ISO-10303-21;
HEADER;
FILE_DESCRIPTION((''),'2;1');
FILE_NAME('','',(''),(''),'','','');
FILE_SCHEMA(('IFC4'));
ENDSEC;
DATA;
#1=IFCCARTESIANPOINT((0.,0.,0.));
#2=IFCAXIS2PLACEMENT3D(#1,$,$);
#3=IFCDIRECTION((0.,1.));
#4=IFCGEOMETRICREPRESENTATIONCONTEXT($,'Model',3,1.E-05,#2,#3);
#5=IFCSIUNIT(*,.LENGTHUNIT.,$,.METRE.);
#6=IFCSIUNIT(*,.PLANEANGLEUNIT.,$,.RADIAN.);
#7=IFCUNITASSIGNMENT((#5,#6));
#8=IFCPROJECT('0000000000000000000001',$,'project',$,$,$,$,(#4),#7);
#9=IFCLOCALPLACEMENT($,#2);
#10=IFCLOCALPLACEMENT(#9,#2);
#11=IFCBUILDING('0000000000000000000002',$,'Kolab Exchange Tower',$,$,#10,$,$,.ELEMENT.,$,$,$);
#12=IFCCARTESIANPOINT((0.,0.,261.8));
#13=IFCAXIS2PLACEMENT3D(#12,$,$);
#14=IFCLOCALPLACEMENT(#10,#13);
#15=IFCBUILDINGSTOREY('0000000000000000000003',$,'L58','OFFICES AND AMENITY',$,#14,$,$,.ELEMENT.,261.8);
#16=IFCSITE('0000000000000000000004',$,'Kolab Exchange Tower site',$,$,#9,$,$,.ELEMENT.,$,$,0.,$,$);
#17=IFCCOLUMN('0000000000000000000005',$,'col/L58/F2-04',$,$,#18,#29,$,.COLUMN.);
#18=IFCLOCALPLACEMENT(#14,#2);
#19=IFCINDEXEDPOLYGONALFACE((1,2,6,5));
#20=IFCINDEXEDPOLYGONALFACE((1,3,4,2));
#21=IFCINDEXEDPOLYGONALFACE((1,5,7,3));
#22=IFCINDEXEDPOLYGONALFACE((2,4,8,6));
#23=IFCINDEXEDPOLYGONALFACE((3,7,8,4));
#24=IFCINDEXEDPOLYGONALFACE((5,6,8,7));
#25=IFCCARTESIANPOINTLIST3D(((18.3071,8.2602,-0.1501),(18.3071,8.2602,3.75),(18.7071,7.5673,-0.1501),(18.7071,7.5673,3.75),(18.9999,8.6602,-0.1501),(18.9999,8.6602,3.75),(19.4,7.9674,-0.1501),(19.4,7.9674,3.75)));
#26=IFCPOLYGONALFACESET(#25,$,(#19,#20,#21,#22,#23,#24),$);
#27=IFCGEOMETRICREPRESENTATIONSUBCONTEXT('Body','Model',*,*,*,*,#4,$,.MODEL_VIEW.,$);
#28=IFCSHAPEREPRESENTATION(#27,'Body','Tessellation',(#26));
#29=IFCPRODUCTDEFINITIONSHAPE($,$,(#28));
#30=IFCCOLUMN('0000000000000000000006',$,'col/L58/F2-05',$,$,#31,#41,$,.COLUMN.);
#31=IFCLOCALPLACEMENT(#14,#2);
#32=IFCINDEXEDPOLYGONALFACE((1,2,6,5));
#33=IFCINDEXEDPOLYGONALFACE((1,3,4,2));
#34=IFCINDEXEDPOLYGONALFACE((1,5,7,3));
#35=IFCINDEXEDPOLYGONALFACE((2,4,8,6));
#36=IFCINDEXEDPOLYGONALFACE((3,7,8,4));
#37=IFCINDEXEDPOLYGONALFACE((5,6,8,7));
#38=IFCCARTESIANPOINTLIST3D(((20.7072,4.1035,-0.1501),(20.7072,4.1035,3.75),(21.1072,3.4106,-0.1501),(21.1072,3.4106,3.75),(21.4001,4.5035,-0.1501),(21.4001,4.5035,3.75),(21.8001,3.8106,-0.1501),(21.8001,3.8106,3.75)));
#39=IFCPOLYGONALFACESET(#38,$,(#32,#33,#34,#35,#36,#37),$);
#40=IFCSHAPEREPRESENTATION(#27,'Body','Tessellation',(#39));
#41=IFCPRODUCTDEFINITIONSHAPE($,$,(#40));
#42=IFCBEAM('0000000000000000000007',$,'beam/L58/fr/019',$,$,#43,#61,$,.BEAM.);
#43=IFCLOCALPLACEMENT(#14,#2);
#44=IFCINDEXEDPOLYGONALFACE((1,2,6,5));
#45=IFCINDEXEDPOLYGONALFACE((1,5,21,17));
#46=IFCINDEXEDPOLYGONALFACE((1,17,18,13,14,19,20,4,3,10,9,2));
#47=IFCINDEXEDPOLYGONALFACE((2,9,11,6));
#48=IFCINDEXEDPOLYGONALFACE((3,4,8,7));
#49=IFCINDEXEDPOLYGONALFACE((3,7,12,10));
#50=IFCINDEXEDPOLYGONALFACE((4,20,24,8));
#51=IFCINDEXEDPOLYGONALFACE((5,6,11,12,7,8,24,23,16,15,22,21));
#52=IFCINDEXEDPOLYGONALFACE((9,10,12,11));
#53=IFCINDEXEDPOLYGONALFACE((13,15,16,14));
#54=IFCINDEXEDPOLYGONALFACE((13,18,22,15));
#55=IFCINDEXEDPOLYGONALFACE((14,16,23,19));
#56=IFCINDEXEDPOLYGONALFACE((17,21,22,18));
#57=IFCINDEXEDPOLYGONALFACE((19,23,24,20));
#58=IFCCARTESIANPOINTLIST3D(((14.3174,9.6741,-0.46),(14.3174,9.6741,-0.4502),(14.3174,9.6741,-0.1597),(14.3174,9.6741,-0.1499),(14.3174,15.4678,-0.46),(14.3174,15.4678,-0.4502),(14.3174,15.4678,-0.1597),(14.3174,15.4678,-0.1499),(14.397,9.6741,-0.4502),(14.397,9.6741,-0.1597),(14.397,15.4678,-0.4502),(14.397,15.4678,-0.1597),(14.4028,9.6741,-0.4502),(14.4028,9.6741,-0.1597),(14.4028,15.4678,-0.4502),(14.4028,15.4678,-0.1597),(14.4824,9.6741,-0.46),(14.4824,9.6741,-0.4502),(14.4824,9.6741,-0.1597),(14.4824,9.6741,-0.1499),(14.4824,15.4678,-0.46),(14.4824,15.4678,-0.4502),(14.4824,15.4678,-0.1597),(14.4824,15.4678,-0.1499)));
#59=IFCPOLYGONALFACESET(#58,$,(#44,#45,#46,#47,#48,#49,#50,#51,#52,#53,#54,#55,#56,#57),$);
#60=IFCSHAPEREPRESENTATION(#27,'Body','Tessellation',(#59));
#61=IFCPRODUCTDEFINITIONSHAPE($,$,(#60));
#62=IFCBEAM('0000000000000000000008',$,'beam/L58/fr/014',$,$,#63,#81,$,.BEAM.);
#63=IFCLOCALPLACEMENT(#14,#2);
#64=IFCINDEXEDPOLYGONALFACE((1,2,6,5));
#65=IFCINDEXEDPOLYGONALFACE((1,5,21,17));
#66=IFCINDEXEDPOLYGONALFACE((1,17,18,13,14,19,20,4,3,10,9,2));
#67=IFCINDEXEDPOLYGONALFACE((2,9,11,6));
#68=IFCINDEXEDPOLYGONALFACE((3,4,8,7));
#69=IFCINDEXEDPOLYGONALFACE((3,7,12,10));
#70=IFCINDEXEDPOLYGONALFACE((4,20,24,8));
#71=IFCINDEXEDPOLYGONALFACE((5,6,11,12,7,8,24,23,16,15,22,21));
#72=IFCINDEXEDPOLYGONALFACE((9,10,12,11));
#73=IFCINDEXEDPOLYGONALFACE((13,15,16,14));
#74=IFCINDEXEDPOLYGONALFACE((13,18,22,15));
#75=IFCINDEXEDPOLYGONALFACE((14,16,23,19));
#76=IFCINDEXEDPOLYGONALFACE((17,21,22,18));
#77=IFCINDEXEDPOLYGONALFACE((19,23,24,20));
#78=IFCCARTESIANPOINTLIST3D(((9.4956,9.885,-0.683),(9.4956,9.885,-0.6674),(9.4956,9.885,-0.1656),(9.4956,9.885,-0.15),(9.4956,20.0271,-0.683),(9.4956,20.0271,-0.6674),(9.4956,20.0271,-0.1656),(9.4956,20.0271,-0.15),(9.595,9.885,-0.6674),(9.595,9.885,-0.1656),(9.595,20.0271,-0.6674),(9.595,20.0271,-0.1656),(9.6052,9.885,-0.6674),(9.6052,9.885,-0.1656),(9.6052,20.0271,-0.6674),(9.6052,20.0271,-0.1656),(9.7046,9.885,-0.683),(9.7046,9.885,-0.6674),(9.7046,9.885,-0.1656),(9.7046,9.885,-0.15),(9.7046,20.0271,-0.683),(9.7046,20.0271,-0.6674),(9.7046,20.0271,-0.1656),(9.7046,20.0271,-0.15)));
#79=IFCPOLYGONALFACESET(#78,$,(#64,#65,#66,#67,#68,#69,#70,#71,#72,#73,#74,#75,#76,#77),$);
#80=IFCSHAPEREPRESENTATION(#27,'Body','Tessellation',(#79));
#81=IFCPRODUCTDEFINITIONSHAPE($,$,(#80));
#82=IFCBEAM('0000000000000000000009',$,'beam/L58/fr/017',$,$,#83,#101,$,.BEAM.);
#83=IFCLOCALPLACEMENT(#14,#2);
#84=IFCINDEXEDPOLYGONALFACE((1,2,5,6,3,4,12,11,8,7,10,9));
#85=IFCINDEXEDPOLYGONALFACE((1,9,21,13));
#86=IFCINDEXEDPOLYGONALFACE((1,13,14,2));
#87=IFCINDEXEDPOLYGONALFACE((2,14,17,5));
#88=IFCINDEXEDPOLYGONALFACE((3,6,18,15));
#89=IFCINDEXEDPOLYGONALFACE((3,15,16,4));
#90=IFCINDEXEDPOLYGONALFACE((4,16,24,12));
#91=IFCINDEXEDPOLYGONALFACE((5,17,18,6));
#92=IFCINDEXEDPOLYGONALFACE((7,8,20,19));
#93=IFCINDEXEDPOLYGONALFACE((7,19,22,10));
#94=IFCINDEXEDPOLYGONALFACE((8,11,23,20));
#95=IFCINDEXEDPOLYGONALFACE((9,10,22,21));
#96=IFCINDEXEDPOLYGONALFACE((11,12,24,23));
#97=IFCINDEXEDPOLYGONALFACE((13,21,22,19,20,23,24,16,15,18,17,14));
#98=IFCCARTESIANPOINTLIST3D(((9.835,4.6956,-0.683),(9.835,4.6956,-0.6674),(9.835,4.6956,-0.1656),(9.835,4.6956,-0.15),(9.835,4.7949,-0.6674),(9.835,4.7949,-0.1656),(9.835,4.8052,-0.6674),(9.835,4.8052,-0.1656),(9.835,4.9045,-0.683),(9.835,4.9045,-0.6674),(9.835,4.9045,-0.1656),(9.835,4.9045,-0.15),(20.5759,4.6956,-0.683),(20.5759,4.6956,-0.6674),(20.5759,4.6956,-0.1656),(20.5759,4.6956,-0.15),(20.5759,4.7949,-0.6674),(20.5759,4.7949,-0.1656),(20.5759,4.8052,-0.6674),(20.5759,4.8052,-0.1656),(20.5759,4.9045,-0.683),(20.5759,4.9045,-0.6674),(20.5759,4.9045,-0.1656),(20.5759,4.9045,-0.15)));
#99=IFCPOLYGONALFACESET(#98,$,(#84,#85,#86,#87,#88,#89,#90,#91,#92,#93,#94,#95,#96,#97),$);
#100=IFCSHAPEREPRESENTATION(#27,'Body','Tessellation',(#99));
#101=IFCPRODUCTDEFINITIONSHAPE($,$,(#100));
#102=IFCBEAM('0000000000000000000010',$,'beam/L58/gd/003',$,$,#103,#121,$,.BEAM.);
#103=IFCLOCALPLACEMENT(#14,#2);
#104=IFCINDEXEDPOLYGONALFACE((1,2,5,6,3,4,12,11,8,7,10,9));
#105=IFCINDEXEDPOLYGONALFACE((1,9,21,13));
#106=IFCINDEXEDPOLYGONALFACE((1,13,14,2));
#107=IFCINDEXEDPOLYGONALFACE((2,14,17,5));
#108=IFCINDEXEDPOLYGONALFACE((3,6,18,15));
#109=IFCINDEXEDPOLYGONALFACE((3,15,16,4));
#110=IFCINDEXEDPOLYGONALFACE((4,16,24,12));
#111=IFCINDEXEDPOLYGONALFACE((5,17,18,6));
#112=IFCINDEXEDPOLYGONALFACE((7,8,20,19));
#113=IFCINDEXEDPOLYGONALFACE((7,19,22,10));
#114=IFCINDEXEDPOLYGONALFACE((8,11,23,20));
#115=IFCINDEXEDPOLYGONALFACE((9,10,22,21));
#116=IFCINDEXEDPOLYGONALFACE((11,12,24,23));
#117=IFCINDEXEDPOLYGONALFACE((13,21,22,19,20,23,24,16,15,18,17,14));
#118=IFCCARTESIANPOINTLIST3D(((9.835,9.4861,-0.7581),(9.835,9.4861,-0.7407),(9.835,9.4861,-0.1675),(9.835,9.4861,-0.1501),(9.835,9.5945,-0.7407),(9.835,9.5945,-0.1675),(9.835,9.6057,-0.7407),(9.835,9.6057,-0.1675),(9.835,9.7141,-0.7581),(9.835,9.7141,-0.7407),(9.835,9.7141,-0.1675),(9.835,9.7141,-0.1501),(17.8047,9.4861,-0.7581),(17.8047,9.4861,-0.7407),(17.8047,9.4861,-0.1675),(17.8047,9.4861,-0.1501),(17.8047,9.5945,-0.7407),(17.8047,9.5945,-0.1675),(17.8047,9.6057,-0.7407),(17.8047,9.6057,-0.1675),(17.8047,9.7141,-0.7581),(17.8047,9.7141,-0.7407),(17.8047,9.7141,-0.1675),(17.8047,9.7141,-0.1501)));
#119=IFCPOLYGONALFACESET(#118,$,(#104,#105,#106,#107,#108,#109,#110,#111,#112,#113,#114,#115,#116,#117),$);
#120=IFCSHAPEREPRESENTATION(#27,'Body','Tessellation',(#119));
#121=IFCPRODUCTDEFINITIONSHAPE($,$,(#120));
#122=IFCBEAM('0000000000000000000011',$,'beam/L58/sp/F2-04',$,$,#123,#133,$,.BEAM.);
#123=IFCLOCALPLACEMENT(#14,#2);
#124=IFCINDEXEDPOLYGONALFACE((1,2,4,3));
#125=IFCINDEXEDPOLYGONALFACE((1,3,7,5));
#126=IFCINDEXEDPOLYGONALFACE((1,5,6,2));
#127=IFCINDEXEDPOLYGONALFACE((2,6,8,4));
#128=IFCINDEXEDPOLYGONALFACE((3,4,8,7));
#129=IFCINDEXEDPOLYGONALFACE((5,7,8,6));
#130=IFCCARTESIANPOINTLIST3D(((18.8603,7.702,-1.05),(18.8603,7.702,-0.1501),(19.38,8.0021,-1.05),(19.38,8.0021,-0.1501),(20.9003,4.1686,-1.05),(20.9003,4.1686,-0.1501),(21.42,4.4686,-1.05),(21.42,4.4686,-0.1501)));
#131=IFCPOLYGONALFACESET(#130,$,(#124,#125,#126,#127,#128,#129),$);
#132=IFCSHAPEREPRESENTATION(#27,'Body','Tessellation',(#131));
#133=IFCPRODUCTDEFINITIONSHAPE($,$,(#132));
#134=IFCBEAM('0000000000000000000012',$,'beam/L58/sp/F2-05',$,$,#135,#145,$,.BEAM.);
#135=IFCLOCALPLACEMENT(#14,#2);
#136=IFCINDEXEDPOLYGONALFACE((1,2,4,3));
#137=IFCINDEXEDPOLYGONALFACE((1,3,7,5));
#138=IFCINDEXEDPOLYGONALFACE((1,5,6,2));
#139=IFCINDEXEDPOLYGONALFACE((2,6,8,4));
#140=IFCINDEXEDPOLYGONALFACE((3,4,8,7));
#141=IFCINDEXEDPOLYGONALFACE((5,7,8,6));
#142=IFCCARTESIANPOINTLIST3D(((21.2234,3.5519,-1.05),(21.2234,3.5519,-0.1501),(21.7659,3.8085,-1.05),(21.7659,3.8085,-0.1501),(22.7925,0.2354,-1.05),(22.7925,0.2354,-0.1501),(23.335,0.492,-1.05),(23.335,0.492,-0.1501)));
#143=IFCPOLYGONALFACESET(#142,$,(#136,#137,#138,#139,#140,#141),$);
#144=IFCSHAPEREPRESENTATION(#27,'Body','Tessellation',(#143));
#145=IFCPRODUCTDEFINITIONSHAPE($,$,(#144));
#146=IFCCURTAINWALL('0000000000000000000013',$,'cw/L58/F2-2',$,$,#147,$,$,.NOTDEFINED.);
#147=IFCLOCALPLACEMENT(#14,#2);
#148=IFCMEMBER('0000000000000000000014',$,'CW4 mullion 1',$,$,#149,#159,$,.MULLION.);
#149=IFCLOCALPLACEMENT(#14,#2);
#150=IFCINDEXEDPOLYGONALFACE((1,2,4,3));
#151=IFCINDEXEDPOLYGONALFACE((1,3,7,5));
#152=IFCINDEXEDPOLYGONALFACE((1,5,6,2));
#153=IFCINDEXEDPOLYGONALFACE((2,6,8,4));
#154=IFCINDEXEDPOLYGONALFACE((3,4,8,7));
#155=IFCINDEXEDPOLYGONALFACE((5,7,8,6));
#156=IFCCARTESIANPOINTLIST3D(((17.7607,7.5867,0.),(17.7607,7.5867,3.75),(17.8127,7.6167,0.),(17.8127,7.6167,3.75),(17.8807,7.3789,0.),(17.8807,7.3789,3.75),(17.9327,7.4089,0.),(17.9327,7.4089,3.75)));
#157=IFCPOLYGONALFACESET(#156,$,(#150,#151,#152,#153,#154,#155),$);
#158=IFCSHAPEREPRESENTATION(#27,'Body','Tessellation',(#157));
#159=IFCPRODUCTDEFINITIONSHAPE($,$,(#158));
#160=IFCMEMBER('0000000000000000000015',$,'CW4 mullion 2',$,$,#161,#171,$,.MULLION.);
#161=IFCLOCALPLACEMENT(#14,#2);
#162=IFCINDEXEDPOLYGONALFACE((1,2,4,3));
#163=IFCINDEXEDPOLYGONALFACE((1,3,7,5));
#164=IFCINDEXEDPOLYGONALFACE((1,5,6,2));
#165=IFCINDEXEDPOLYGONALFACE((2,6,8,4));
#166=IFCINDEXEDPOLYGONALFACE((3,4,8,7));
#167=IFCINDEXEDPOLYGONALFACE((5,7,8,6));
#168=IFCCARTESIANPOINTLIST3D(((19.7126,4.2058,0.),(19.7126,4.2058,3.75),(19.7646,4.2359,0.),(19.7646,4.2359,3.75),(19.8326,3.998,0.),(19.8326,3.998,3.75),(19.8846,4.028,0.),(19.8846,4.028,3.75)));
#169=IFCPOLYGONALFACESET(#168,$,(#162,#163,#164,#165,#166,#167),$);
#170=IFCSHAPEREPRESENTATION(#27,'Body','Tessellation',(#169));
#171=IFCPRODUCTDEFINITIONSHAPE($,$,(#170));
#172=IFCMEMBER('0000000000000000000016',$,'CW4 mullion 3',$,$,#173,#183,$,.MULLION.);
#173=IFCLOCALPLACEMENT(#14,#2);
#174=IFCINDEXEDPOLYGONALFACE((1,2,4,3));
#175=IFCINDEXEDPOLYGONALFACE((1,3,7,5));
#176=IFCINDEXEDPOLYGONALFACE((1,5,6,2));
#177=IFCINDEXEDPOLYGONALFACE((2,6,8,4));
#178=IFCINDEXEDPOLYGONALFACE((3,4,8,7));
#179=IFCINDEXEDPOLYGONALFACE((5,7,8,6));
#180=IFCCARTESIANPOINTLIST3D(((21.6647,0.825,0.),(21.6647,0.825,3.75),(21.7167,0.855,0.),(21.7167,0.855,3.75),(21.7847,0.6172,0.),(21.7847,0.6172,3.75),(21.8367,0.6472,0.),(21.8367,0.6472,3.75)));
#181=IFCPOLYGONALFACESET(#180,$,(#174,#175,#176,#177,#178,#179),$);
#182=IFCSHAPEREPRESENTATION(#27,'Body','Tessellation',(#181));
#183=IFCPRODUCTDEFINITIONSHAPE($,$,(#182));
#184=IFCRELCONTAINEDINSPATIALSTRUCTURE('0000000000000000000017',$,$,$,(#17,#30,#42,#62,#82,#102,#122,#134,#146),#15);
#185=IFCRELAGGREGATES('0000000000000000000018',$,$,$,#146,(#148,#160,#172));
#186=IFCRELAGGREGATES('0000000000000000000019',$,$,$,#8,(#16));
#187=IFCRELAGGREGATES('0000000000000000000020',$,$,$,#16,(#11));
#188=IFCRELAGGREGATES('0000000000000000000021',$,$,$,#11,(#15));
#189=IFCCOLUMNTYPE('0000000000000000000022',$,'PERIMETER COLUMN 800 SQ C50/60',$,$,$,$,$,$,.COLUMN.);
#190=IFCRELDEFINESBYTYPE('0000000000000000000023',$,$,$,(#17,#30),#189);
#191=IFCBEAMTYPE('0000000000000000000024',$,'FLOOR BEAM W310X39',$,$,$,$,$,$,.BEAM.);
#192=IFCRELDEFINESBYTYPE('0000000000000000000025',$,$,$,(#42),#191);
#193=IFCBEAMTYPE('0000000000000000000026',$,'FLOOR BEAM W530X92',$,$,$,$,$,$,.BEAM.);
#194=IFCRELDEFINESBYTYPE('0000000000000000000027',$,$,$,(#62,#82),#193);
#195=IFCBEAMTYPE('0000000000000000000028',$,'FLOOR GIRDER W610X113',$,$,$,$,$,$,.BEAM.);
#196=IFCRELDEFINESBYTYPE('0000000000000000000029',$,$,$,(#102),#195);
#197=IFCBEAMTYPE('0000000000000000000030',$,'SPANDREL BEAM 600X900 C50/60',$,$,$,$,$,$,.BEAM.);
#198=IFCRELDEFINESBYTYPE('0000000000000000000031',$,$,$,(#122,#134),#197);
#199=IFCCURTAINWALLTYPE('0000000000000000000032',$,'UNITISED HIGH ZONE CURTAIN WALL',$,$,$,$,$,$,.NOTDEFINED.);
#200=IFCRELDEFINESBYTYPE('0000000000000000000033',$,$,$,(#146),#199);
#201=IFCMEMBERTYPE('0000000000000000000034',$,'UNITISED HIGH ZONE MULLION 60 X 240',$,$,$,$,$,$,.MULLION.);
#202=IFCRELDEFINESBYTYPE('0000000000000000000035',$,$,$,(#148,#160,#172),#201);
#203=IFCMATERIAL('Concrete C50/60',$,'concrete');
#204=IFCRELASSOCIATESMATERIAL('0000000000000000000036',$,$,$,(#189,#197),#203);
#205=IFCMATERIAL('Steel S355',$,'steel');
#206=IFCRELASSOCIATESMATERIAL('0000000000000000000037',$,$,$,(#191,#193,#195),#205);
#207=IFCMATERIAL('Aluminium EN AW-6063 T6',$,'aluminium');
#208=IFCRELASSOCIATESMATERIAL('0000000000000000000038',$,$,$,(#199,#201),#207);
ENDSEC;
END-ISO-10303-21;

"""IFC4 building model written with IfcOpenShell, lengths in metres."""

from ifc_helpers import new_model, si_unit, direction, frame, origin, origin_2d, place, context, subcontext, project, spatial, rectangle, i_section, extrude, material, material_profile, profile_set, type_object, element, aggregate, save


model = new_model("IFC4")

# Units and contexts
model_context = context("Model", 3, precision=1e-05, world=origin(), true_north=direction((0.0, 1.0)))
body_context = subcontext(model_context, "Body", "Model", "MODEL_VIEW")
ifc_project = project(units=[si_unit("LENGTHUNIT", "METRE"), si_unit("PLANEANGLEUNIT", "RADIAN")], contexts=[model_context])

# Site, building, storey
site_placement = place(None, origin())
site = spatial("IfcSite", under=ifc_project, at=site_placement, Name="Kolab Exchange Tower site", CompositionType="ELEMENT", RefElevation=0.0)
building_placement = place(site_placement, origin())
building = spatial("IfcBuilding", under=site, at=building_placement, Name="Kolab Exchange Tower", CompositionType="ELEMENT")
storey_placement = place(building_placement, frame((0.0, 0.0, 261.8)))
storey = spatial("IfcBuildingStorey", under=building, at=storey_placement, Name="L58", Description="OFFICES AND AMENITY", CompositionType="ELEMENT", Elevation=261.8)

# Columns
ifc_material_1 = material(Name="Concrete C50/60", Category="concrete")
ifc_material_profile_1 = material_profile(ifc_material_1, rectangle(XDim=0.8, YDim=0.8, at=origin_2d()), Name="RC800")
ifc_profile_set_1 = profile_set([ifc_material_profile_1], Name="Concrete C50/60")
column_type = type_object("IfcColumnType", Name="PERIMETER COLUMN 800 SQ C50/60", PredefinedType="COLUMN", material=ifc_profile_set_1)
for number, where, z_axis, x_axis, name in (
    (1, (18.8535, 8.1138, -0.1501), (0.0, 0.0, 1.0), (0.866025, 0.5, 0.0), "col/L58/F2-04"),
    (2, (21.2537, 3.957, -0.1501), (0.0, 0.0, 1.0), (0.866025, 0.5, 0.0), "col/L58/F2-05"),
):
    element("IfcColumn", number, at=place(storey_placement, frame(where, z_axis=z_axis, x_axis=x_axis)), inside=storey, type_object=column_type, Name=name, PredefinedType="COLUMN", context=body_context, shape_type="SweptSolid", body=[
        extrude(rectangle(XDim=0.8, YDim=0.8, at=origin_2d()), origin(), (0.0, 0.0, 1.0), 3.9001),
    ])

# Beams
ifc_material_2 = material(Name="Steel S355", Category="steel")
ifc_material_profile_2 = material_profile(ifc_material_2, i_section(OverallWidth=0.165, OverallDepth=0.3101, WebThickness=0.0059, FlangeThickness=0.0098, at=origin_2d()), Name="W310X39")
ifc_profile_set_2 = profile_set([ifc_material_profile_2], Name="Steel S355")
beam_type_1 = type_object("IfcBeamType", Name="FLOOR BEAM W310X39", PredefinedType="BEAM", material=ifc_profile_set_2)
beam_1_placement = place(storey_placement, frame((14.3999, 9.6741, -0.3049), z_axis=(0.0, 1.0, 0.0), x_axis=(-1.0, 0.0, 0.0)))
element("IfcBeam", 3, at=beam_1_placement, inside=storey, type_object=beam_type_1, Name="beam/L58/fr/019", PredefinedType="BEAM", context=body_context, shape_type="SweptSolid", body=[
    extrude(i_section(OverallWidth=0.165, OverallDepth=0.3101, WebThickness=0.0059, FlangeThickness=0.0098, at=origin_2d()), origin(), (0.0, 0.0, 1.0), 5.7937),
])
ifc_material_profile_3 = material_profile(ifc_material_2, i_section(OverallWidth=0.209, OverallDepth=0.533, WebThickness=0.0103, FlangeThickness=0.0156, at=origin_2d()), Name="W530X92")
ifc_profile_set_3 = profile_set([ifc_material_profile_3], Name="Steel S355")
beam_type_2 = type_object("IfcBeamType", Name="FLOOR BEAM W530X92", PredefinedType="BEAM", material=ifc_profile_set_3)
beam_2_placement = place(storey_placement, frame((9.6001, 9.885, -0.4165), z_axis=(0.0, 1.0, 0.0), x_axis=(-1.0, 0.0, 0.0)))
element("IfcBeam", 4, at=beam_2_placement, inside=storey, type_object=beam_type_2, Name="beam/L58/fr/014", PredefinedType="BEAM", context=body_context, shape_type="SweptSolid", body=[
    extrude(i_section(OverallWidth=0.209, OverallDepth=0.533, WebThickness=0.0103, FlangeThickness=0.0156, at=origin_2d()), origin(), (0.0, 0.0, 1.0), 10.1421),
])
beam_3_placement = place(storey_placement, frame((9.835, 4.8, -0.4165), z_axis=(1.0, 0.0, 0.0), x_axis=(0.0, 1.0, 0.0)))
element("IfcBeam", 5, at=beam_3_placement, inside=storey, type_object=beam_type_2, Name="beam/L58/fr/017", PredefinedType="BEAM", context=body_context, shape_type="SweptSolid", body=[
    extrude(i_section(OverallWidth=0.209, OverallDepth=0.533, WebThickness=0.0103, FlangeThickness=0.0156, at=origin_2d()), origin(), (0.0, 0.0, 1.0), 10.741),
])
ifc_material_profile_4 = material_profile(ifc_material_2, i_section(OverallWidth=0.228, OverallDepth=0.6079, WebThickness=0.0112, FlangeThickness=0.0173, at=origin_2d()), Name="W610X113")
ifc_profile_set_4 = profile_set([ifc_material_profile_4], Name="Steel S355")
beam_type_3 = type_object("IfcBeamType", Name="FLOOR GIRDER W610X113", PredefinedType="BEAM", material=ifc_profile_set_4)
beam_4_placement = place(storey_placement, frame((9.835, 9.6001, -0.4541), z_axis=(1.0, 0.0, 0.0), x_axis=(0.0, 1.0, 0.0)))
element("IfcBeam", 6, at=beam_4_placement, inside=storey, type_object=beam_type_3, Name="beam/L58/gd/003", PredefinedType="BEAM", context=body_context, shape_type="SweptSolid", body=[
    extrude(i_section(OverallWidth=0.228, OverallDepth=0.6079, WebThickness=0.0112, FlangeThickness=0.0173, at=origin_2d()), origin(), (0.0, 0.0, 1.0), 7.9697),
])
ifc_material_profile_5 = material_profile(ifc_material_1, rectangle(XDim=0.6001, YDim=0.8999, at=origin_2d()), Name="RC600X900")
ifc_profile_set_5 = profile_set([ifc_material_profile_5], Name="Concrete C50/60")
beam_type_4 = type_object("IfcBeamType", Name="SPANDREL BEAM 600X900 C50/60", PredefinedType="BEAM", material=ifc_profile_set_5)
beam_5_placement = place(storey_placement, frame((19.1201, 7.8521, -0.6001), z_axis=(0.5, -0.866025, 0.0), x_axis=(0.866025, 0.5, 0.0)))
element("IfcBeam", 7, at=beam_5_placement, inside=storey, type_object=beam_type_4, Name="beam/L58/sp/F2-04", PredefinedType="BEAM", context=body_context, shape_type="SweptSolid", body=[
    extrude(rectangle(XDim=0.6001, YDim=0.8999, at=origin_2d()), origin(), (0.0, 0.0, 1.0), 4.0801),
])
beam_6_placement = place(storey_placement, frame((21.4946, 3.6802, -0.6001), z_axis=(0.427677, -0.903932, 0.0), x_axis=(0.903932, 0.427677, 0.0)))
element("IfcBeam", 8, at=beam_6_placement, inside=storey, type_object=beam_type_4, Name="beam/L58/sp/F2-05", PredefinedType="BEAM", context=body_context, shape_type="SweptSolid", body=[
    extrude(rectangle(XDim=0.6001, YDim=0.8999, at=origin_2d()), origin(), (0.0, 0.0, 1.0), 3.6689),
])

# Curtain wall, members
ifc_material_3 = material(Name="Aluminium EN AW-6063 T6", Category="aluminium")
curtain_wall_type = type_object("IfcCurtainWallType", Name="UNITISED HIGH ZONE CURTAIN WALL", PredefinedType="NOTDEFINED", material=ifc_material_3)
curtain_wall_1_placement = place(storey_placement, origin())
curtain_wall_1 = element("IfcCurtainWall", 9, at=curtain_wall_1_placement, inside=storey, type_object=curtain_wall_type, Name="cw/L58/F2-2", PredefinedType="NOTDEFINED")
ifc_material_profile_6 = material_profile(ifc_material_3, rectangle(XDim=0.0601, YDim=0.24, at=origin_2d()), Name="RECT 60X240")
ifc_profile_set_6 = profile_set([ifc_material_profile_6], Name="Aluminium EN AW-6063 T6")
member_type_1 = type_object("IfcMemberType", Name="UNITISED HIGH ZONE MULLION 60 X 240", PredefinedType="MULLION", material=ifc_profile_set_6)
member_1_placement = place(storey_placement, frame((17.8467, 7.4978, 0.0), z_axis=(0.0, 0.0, 1.0), x_axis=(0.866025, 0.5, 0.0)))
member_1 = element("IfcMember", 10, at=member_1_placement, type_object=member_type_1, Name="CW4 mullion 1", PredefinedType="MULLION", context=body_context, shape_type="SweptSolid", body=[
    extrude(rectangle(XDim=0.0601, YDim=0.24, at=origin_2d()), origin(), (0.0, 0.0, 1.0), 3.75),
])
member_2_placement = place(storey_placement, frame((19.7986, 4.1169, 0.0), z_axis=(0.0, 0.0, 1.0), x_axis=(0.866025, 0.5, 0.0)))
member_2 = element("IfcMember", 11, at=member_2_placement, type_object=member_type_1, Name="CW4 mullion 2", PredefinedType="MULLION", context=body_context, shape_type="SweptSolid", body=[
    extrude(rectangle(XDim=0.0601, YDim=0.24, at=origin_2d()), origin(), (0.0, 0.0, 1.0), 3.75),
])
member_3_placement = place(storey_placement, frame((21.7507, 0.7361, 0.0), z_axis=(0.0, 0.0, 1.0), x_axis=(0.866025, 0.5, 0.0)))
member_3 = element("IfcMember", 12, at=member_3_placement, type_object=member_type_1, Name="CW4 mullion 3", PredefinedType="MULLION", context=body_context, shape_type="SweptSolid", body=[
    extrude(rectangle(XDim=0.0601, YDim=0.24, at=origin_2d()), origin(), (0.0, 0.0, 1.0), 3.75),
])

aggregate(curtain_wall_1, [member_1, member_2, member_3])

save(model, "model.ifc")
